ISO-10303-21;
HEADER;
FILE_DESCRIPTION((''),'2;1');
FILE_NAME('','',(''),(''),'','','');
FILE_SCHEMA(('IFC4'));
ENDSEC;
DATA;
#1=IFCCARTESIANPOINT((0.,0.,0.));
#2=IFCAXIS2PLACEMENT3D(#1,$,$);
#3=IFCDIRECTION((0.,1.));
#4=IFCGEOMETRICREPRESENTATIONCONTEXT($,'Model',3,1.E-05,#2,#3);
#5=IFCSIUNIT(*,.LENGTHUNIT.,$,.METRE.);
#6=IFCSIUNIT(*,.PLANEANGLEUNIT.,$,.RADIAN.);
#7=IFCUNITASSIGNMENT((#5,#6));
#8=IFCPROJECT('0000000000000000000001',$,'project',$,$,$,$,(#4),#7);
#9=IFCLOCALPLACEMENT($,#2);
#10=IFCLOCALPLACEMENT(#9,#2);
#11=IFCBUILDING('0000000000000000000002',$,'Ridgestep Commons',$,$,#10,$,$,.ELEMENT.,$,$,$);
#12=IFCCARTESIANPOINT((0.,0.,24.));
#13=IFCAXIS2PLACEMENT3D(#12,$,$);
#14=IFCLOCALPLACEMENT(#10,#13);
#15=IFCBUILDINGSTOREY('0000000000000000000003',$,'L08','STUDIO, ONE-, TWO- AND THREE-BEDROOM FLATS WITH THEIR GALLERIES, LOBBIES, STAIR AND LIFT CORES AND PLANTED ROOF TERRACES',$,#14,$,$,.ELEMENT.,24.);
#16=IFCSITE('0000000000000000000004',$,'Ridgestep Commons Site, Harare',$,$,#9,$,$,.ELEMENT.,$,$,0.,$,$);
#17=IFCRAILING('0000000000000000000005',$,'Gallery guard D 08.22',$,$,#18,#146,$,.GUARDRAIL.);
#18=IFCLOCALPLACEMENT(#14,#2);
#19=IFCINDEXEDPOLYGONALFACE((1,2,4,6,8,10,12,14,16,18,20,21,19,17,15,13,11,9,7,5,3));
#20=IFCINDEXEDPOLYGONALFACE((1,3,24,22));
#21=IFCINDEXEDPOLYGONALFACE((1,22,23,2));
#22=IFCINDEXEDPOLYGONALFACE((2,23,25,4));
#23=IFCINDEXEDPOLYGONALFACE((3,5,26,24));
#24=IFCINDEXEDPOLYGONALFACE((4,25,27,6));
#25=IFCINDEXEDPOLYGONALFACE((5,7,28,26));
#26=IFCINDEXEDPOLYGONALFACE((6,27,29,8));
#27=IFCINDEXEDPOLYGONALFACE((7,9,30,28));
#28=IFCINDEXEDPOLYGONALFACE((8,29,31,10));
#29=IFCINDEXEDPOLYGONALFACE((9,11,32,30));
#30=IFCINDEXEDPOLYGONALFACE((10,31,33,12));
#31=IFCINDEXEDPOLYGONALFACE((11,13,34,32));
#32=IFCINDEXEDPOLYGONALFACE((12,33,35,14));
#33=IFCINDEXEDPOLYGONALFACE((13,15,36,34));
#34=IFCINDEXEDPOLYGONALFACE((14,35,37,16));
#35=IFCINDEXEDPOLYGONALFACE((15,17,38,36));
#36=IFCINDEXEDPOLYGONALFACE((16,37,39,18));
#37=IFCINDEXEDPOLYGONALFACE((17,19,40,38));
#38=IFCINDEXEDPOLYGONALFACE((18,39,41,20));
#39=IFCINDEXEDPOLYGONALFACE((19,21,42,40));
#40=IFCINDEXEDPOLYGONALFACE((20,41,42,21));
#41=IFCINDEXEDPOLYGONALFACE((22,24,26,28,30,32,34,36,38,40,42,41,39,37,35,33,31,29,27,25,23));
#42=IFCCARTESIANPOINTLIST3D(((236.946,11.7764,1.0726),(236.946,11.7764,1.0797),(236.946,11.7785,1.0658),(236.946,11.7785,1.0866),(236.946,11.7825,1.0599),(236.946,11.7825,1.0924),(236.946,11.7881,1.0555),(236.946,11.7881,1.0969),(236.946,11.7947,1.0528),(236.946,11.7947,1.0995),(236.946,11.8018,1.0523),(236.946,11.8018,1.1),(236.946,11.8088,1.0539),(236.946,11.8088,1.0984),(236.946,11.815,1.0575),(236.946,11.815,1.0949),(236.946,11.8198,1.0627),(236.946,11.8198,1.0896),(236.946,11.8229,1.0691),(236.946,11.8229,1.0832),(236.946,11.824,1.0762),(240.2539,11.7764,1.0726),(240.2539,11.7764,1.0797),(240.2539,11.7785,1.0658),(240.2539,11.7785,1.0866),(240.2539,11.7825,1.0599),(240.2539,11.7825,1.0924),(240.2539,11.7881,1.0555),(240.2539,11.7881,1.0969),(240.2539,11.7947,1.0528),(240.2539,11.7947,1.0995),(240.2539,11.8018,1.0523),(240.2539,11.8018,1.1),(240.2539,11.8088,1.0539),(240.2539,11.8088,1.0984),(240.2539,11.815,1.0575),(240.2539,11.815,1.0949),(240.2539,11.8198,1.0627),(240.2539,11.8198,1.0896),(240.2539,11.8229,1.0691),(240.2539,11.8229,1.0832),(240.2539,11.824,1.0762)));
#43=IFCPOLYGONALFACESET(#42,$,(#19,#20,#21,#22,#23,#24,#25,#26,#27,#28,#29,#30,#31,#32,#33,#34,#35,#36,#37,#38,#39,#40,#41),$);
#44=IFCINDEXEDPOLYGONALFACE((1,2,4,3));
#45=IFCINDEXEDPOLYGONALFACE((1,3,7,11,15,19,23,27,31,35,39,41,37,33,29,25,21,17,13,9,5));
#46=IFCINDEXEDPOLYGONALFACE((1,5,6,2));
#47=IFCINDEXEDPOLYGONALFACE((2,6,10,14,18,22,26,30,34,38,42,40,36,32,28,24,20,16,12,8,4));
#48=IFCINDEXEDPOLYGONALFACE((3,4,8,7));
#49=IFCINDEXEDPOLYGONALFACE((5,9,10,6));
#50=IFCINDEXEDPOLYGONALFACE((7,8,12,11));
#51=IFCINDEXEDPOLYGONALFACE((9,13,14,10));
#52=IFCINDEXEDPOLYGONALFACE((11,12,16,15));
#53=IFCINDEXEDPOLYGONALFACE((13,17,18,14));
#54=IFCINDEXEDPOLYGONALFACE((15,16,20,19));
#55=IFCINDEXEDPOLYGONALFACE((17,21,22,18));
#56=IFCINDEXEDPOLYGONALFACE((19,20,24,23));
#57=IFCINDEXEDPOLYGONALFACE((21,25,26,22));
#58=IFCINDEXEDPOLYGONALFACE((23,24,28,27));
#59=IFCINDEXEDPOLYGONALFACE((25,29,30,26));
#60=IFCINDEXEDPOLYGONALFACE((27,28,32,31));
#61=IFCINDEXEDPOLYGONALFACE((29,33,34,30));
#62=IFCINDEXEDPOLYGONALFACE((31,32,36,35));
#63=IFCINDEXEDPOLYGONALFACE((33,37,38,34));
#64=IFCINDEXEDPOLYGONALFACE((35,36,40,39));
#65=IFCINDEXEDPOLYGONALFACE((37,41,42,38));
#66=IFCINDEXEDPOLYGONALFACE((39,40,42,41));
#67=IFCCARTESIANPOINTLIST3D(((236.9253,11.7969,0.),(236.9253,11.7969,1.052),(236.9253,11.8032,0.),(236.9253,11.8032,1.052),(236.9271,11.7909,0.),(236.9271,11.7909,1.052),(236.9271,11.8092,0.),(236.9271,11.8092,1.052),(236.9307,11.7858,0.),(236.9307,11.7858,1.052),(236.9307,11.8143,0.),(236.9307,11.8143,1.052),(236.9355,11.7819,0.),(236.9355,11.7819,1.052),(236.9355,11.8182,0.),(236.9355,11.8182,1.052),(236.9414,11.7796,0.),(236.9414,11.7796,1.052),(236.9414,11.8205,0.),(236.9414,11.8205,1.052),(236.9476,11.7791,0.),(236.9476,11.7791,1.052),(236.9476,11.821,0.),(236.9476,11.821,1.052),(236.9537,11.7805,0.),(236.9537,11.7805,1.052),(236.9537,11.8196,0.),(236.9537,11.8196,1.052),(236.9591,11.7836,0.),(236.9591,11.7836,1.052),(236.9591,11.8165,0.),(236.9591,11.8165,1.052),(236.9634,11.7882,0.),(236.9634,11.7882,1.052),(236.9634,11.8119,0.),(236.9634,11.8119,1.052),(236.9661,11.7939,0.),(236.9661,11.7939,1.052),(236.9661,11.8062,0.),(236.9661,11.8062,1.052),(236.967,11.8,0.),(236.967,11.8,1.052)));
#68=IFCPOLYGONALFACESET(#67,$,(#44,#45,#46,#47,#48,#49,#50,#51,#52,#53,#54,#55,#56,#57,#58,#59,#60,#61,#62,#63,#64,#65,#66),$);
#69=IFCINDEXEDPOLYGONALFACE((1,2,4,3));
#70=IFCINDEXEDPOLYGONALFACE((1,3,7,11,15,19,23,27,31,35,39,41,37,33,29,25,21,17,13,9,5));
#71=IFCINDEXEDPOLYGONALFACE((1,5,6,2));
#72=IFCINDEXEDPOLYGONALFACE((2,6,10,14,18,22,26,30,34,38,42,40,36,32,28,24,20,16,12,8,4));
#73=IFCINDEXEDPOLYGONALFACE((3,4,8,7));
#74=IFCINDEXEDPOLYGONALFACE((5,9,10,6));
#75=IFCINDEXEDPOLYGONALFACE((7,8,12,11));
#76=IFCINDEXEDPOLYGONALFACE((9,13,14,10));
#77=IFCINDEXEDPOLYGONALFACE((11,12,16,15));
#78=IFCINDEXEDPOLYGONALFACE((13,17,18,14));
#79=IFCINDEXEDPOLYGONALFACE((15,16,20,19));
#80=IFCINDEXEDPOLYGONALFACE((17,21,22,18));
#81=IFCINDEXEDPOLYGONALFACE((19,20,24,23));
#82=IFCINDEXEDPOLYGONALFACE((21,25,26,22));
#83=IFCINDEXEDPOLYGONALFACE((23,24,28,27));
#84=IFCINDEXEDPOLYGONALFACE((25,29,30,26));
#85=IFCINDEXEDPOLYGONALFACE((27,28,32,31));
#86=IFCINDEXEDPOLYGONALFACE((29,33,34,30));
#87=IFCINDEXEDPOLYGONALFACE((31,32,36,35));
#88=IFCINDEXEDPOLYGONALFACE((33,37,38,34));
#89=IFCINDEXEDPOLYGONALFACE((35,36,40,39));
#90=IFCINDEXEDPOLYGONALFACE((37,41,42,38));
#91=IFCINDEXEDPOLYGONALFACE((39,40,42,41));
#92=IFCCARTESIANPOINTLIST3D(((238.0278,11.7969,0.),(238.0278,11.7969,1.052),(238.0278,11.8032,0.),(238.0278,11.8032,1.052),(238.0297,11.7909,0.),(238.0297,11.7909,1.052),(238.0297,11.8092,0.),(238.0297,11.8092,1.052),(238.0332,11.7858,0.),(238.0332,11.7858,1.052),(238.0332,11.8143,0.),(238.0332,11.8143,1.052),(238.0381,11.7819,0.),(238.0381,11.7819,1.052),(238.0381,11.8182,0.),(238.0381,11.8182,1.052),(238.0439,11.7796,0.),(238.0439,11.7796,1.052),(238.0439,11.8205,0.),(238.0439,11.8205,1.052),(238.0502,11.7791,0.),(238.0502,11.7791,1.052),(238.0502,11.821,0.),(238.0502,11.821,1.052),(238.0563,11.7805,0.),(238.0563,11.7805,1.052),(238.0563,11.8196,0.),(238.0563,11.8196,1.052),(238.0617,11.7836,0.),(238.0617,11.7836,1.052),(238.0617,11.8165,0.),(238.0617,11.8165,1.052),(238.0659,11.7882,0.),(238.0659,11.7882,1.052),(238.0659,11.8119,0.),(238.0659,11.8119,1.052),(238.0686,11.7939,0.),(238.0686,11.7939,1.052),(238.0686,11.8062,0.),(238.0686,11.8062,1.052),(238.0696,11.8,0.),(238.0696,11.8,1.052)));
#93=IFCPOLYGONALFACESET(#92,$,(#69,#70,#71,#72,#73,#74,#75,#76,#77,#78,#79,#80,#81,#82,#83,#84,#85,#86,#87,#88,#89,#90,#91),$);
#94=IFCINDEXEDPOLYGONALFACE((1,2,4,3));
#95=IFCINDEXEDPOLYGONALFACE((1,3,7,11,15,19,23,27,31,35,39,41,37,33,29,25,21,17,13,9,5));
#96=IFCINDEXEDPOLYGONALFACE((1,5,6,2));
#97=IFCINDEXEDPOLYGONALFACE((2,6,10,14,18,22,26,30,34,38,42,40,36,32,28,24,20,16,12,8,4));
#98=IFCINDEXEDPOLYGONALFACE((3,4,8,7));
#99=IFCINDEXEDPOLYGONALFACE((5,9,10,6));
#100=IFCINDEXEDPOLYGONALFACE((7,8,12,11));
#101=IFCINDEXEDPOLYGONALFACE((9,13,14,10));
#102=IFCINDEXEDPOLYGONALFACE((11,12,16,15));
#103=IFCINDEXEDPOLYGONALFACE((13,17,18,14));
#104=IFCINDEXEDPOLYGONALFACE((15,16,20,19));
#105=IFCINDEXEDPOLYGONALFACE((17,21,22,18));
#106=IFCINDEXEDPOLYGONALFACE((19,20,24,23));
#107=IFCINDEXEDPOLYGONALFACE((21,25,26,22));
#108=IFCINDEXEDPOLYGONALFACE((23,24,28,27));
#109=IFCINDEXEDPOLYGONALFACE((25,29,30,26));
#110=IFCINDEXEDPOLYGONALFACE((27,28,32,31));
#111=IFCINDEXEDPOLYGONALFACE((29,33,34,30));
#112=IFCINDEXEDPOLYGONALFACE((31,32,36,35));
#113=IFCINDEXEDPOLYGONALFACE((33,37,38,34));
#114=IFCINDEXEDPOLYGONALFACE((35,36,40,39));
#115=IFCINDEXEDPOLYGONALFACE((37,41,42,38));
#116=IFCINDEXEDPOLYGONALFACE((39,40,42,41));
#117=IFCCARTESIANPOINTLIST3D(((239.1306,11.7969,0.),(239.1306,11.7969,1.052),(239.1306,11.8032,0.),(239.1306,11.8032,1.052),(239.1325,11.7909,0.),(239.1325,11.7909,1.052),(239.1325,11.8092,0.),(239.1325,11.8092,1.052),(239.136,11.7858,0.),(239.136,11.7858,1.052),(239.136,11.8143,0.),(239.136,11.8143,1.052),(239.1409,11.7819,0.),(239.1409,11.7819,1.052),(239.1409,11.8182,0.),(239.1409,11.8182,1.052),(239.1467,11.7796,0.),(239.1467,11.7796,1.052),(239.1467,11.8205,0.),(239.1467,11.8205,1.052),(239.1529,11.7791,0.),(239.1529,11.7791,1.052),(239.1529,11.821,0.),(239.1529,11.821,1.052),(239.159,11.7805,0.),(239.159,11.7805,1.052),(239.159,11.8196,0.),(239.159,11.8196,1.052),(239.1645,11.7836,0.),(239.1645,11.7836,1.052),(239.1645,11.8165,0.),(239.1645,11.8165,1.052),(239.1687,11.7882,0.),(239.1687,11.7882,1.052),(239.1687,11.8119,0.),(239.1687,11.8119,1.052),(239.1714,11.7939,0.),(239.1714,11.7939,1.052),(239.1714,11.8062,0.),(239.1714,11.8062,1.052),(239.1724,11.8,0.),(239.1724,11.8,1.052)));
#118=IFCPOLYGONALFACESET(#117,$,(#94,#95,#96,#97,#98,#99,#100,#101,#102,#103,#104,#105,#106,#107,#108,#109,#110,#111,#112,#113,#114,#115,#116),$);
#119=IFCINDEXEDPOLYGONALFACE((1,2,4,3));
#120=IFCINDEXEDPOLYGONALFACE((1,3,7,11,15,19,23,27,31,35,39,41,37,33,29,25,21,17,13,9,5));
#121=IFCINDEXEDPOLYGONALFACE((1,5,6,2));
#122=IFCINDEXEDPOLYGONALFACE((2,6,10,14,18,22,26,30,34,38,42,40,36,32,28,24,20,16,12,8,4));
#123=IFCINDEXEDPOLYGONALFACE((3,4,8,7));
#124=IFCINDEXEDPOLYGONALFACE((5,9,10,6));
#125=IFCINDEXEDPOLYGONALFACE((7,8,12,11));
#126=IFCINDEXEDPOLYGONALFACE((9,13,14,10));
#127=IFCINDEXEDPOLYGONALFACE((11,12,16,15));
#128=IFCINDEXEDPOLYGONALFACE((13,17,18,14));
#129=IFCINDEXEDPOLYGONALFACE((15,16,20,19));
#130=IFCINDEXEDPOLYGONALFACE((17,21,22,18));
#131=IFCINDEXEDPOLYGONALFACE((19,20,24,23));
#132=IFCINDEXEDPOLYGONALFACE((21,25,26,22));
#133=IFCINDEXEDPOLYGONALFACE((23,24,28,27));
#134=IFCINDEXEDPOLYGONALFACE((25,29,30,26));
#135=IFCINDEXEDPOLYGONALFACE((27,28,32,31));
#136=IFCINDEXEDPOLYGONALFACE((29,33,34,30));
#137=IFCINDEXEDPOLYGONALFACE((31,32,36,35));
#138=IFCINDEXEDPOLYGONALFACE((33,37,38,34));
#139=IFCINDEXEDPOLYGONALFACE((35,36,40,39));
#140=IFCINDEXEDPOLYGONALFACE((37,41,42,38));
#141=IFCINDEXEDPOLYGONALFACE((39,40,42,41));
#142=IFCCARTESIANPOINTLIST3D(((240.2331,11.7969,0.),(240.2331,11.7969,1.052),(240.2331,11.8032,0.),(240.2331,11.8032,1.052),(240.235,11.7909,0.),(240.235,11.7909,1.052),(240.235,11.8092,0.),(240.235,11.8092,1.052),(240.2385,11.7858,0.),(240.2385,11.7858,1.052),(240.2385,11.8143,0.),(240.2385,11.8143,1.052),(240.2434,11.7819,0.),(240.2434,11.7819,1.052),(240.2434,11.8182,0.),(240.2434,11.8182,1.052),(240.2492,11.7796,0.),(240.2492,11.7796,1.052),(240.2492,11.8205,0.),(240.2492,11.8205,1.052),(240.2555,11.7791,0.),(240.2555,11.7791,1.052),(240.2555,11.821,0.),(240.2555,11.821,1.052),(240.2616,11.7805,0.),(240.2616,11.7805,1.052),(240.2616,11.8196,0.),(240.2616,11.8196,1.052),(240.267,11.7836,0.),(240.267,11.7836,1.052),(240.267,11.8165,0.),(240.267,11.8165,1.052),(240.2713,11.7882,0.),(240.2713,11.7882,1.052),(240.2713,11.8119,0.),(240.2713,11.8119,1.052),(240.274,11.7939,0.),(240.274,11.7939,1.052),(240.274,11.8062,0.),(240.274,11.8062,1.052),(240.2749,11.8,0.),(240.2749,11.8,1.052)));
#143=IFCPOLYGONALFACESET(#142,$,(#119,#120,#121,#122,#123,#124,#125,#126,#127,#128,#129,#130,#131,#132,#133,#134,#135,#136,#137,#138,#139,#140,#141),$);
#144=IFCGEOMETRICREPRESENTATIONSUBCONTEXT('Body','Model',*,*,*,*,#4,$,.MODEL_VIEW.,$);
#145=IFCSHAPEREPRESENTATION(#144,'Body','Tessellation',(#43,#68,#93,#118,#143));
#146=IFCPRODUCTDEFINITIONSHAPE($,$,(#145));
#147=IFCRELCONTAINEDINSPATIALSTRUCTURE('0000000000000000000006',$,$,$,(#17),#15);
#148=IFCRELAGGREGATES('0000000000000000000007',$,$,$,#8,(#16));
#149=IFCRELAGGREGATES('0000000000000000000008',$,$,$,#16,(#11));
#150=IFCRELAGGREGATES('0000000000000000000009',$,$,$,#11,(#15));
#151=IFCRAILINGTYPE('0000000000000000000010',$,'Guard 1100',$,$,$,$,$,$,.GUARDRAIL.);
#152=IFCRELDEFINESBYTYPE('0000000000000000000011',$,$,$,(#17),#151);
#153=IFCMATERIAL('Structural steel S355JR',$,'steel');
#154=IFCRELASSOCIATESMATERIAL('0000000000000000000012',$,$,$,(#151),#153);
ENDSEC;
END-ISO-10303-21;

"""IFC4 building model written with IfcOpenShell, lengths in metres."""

from ifc_helpers import new_model, si_unit, direction, frame, origin, origin_2d, place, context, subcontext, project, spatial, circle, extrude, material, type_object, element, save


model = new_model("IFC4")

# Units and contexts
model_context = context("Model", 3, precision=1e-05, world=origin(), true_north=direction((0.0, 1.0)))
body_context = subcontext(model_context, "Body", "Model", "MODEL_VIEW")
ifc_project = project(units=[si_unit("LENGTHUNIT", "METRE"), si_unit("PLANEANGLEUNIT", "RADIAN")], contexts=[model_context])

# Site, building, storey
site_placement = place(None, origin())
site = spatial("IfcSite", under=ifc_project, at=site_placement, Name="Ridgestep Commons Site, Harare", CompositionType="ELEMENT", RefElevation=0.0)
building_placement = place(site_placement, origin())
building = spatial("IfcBuilding", under=site, at=building_placement, Name="Ridgestep Commons", CompositionType="ELEMENT")
storey_placement = place(building_placement, frame((0.0, 0.0, 24.0)))
storey = spatial("IfcBuildingStorey", under=building, at=storey_placement, Name="L08", Description="STUDIO, ONE-, TWO- AND THREE-BEDROOM FLATS WITH THEIR GALLERIES, LOBBIES, STAIR AND LIFT CORES AND PLANTED ROOF TERRACES", CompositionType="ELEMENT", Elevation=24.0)

# Railing
ifc_material_1 = material(Name="Structural steel S355JR", Category="steel")
railing_type = type_object("IfcRailingType", Name="Guard 1100", PredefinedType="GUARDRAIL", material=ifc_material_1)
railing_1_placement = place(storey_placement, frame((236.946, 11.8, 0.0)))
element("IfcRailing", 1, at=railing_1_placement, inside=storey, type_object=railing_type, Name="Gallery guard D 08.22", PredefinedType="GUARDRAIL", context=body_context, shape_type="SweptSolid", body=[
    extrude(circle(Radius=0.0239, at=origin_2d()), frame((0.0, 0.0, 1.0762), z_axis=(1.0, 0.0, 0.0), x_axis=(0.0, 1.0, 0.0)), (0.0, 0.0, 1.0), 3.3079),
    extrude(circle(Radius=0.021, at=origin_2d()), origin(), (0.0, 0.0, 1.0), 1.052),
    extrude(circle(Radius=0.021, at=origin_2d()), frame((1.1025, 0.0, 0.0)), (0.0, 0.0, 1.0), 1.052),
    extrude(circle(Radius=0.021, at=origin_2d()), frame((2.2053, 0.0, 0.0)), (0.0, 0.0, 1.0), 1.052),
    extrude(circle(Radius=0.021, at=origin_2d()), frame((3.3079, 0.0, 0.0)), (0.0, 0.0, 1.0), 1.052),
])

save(model, "model.ifc")
